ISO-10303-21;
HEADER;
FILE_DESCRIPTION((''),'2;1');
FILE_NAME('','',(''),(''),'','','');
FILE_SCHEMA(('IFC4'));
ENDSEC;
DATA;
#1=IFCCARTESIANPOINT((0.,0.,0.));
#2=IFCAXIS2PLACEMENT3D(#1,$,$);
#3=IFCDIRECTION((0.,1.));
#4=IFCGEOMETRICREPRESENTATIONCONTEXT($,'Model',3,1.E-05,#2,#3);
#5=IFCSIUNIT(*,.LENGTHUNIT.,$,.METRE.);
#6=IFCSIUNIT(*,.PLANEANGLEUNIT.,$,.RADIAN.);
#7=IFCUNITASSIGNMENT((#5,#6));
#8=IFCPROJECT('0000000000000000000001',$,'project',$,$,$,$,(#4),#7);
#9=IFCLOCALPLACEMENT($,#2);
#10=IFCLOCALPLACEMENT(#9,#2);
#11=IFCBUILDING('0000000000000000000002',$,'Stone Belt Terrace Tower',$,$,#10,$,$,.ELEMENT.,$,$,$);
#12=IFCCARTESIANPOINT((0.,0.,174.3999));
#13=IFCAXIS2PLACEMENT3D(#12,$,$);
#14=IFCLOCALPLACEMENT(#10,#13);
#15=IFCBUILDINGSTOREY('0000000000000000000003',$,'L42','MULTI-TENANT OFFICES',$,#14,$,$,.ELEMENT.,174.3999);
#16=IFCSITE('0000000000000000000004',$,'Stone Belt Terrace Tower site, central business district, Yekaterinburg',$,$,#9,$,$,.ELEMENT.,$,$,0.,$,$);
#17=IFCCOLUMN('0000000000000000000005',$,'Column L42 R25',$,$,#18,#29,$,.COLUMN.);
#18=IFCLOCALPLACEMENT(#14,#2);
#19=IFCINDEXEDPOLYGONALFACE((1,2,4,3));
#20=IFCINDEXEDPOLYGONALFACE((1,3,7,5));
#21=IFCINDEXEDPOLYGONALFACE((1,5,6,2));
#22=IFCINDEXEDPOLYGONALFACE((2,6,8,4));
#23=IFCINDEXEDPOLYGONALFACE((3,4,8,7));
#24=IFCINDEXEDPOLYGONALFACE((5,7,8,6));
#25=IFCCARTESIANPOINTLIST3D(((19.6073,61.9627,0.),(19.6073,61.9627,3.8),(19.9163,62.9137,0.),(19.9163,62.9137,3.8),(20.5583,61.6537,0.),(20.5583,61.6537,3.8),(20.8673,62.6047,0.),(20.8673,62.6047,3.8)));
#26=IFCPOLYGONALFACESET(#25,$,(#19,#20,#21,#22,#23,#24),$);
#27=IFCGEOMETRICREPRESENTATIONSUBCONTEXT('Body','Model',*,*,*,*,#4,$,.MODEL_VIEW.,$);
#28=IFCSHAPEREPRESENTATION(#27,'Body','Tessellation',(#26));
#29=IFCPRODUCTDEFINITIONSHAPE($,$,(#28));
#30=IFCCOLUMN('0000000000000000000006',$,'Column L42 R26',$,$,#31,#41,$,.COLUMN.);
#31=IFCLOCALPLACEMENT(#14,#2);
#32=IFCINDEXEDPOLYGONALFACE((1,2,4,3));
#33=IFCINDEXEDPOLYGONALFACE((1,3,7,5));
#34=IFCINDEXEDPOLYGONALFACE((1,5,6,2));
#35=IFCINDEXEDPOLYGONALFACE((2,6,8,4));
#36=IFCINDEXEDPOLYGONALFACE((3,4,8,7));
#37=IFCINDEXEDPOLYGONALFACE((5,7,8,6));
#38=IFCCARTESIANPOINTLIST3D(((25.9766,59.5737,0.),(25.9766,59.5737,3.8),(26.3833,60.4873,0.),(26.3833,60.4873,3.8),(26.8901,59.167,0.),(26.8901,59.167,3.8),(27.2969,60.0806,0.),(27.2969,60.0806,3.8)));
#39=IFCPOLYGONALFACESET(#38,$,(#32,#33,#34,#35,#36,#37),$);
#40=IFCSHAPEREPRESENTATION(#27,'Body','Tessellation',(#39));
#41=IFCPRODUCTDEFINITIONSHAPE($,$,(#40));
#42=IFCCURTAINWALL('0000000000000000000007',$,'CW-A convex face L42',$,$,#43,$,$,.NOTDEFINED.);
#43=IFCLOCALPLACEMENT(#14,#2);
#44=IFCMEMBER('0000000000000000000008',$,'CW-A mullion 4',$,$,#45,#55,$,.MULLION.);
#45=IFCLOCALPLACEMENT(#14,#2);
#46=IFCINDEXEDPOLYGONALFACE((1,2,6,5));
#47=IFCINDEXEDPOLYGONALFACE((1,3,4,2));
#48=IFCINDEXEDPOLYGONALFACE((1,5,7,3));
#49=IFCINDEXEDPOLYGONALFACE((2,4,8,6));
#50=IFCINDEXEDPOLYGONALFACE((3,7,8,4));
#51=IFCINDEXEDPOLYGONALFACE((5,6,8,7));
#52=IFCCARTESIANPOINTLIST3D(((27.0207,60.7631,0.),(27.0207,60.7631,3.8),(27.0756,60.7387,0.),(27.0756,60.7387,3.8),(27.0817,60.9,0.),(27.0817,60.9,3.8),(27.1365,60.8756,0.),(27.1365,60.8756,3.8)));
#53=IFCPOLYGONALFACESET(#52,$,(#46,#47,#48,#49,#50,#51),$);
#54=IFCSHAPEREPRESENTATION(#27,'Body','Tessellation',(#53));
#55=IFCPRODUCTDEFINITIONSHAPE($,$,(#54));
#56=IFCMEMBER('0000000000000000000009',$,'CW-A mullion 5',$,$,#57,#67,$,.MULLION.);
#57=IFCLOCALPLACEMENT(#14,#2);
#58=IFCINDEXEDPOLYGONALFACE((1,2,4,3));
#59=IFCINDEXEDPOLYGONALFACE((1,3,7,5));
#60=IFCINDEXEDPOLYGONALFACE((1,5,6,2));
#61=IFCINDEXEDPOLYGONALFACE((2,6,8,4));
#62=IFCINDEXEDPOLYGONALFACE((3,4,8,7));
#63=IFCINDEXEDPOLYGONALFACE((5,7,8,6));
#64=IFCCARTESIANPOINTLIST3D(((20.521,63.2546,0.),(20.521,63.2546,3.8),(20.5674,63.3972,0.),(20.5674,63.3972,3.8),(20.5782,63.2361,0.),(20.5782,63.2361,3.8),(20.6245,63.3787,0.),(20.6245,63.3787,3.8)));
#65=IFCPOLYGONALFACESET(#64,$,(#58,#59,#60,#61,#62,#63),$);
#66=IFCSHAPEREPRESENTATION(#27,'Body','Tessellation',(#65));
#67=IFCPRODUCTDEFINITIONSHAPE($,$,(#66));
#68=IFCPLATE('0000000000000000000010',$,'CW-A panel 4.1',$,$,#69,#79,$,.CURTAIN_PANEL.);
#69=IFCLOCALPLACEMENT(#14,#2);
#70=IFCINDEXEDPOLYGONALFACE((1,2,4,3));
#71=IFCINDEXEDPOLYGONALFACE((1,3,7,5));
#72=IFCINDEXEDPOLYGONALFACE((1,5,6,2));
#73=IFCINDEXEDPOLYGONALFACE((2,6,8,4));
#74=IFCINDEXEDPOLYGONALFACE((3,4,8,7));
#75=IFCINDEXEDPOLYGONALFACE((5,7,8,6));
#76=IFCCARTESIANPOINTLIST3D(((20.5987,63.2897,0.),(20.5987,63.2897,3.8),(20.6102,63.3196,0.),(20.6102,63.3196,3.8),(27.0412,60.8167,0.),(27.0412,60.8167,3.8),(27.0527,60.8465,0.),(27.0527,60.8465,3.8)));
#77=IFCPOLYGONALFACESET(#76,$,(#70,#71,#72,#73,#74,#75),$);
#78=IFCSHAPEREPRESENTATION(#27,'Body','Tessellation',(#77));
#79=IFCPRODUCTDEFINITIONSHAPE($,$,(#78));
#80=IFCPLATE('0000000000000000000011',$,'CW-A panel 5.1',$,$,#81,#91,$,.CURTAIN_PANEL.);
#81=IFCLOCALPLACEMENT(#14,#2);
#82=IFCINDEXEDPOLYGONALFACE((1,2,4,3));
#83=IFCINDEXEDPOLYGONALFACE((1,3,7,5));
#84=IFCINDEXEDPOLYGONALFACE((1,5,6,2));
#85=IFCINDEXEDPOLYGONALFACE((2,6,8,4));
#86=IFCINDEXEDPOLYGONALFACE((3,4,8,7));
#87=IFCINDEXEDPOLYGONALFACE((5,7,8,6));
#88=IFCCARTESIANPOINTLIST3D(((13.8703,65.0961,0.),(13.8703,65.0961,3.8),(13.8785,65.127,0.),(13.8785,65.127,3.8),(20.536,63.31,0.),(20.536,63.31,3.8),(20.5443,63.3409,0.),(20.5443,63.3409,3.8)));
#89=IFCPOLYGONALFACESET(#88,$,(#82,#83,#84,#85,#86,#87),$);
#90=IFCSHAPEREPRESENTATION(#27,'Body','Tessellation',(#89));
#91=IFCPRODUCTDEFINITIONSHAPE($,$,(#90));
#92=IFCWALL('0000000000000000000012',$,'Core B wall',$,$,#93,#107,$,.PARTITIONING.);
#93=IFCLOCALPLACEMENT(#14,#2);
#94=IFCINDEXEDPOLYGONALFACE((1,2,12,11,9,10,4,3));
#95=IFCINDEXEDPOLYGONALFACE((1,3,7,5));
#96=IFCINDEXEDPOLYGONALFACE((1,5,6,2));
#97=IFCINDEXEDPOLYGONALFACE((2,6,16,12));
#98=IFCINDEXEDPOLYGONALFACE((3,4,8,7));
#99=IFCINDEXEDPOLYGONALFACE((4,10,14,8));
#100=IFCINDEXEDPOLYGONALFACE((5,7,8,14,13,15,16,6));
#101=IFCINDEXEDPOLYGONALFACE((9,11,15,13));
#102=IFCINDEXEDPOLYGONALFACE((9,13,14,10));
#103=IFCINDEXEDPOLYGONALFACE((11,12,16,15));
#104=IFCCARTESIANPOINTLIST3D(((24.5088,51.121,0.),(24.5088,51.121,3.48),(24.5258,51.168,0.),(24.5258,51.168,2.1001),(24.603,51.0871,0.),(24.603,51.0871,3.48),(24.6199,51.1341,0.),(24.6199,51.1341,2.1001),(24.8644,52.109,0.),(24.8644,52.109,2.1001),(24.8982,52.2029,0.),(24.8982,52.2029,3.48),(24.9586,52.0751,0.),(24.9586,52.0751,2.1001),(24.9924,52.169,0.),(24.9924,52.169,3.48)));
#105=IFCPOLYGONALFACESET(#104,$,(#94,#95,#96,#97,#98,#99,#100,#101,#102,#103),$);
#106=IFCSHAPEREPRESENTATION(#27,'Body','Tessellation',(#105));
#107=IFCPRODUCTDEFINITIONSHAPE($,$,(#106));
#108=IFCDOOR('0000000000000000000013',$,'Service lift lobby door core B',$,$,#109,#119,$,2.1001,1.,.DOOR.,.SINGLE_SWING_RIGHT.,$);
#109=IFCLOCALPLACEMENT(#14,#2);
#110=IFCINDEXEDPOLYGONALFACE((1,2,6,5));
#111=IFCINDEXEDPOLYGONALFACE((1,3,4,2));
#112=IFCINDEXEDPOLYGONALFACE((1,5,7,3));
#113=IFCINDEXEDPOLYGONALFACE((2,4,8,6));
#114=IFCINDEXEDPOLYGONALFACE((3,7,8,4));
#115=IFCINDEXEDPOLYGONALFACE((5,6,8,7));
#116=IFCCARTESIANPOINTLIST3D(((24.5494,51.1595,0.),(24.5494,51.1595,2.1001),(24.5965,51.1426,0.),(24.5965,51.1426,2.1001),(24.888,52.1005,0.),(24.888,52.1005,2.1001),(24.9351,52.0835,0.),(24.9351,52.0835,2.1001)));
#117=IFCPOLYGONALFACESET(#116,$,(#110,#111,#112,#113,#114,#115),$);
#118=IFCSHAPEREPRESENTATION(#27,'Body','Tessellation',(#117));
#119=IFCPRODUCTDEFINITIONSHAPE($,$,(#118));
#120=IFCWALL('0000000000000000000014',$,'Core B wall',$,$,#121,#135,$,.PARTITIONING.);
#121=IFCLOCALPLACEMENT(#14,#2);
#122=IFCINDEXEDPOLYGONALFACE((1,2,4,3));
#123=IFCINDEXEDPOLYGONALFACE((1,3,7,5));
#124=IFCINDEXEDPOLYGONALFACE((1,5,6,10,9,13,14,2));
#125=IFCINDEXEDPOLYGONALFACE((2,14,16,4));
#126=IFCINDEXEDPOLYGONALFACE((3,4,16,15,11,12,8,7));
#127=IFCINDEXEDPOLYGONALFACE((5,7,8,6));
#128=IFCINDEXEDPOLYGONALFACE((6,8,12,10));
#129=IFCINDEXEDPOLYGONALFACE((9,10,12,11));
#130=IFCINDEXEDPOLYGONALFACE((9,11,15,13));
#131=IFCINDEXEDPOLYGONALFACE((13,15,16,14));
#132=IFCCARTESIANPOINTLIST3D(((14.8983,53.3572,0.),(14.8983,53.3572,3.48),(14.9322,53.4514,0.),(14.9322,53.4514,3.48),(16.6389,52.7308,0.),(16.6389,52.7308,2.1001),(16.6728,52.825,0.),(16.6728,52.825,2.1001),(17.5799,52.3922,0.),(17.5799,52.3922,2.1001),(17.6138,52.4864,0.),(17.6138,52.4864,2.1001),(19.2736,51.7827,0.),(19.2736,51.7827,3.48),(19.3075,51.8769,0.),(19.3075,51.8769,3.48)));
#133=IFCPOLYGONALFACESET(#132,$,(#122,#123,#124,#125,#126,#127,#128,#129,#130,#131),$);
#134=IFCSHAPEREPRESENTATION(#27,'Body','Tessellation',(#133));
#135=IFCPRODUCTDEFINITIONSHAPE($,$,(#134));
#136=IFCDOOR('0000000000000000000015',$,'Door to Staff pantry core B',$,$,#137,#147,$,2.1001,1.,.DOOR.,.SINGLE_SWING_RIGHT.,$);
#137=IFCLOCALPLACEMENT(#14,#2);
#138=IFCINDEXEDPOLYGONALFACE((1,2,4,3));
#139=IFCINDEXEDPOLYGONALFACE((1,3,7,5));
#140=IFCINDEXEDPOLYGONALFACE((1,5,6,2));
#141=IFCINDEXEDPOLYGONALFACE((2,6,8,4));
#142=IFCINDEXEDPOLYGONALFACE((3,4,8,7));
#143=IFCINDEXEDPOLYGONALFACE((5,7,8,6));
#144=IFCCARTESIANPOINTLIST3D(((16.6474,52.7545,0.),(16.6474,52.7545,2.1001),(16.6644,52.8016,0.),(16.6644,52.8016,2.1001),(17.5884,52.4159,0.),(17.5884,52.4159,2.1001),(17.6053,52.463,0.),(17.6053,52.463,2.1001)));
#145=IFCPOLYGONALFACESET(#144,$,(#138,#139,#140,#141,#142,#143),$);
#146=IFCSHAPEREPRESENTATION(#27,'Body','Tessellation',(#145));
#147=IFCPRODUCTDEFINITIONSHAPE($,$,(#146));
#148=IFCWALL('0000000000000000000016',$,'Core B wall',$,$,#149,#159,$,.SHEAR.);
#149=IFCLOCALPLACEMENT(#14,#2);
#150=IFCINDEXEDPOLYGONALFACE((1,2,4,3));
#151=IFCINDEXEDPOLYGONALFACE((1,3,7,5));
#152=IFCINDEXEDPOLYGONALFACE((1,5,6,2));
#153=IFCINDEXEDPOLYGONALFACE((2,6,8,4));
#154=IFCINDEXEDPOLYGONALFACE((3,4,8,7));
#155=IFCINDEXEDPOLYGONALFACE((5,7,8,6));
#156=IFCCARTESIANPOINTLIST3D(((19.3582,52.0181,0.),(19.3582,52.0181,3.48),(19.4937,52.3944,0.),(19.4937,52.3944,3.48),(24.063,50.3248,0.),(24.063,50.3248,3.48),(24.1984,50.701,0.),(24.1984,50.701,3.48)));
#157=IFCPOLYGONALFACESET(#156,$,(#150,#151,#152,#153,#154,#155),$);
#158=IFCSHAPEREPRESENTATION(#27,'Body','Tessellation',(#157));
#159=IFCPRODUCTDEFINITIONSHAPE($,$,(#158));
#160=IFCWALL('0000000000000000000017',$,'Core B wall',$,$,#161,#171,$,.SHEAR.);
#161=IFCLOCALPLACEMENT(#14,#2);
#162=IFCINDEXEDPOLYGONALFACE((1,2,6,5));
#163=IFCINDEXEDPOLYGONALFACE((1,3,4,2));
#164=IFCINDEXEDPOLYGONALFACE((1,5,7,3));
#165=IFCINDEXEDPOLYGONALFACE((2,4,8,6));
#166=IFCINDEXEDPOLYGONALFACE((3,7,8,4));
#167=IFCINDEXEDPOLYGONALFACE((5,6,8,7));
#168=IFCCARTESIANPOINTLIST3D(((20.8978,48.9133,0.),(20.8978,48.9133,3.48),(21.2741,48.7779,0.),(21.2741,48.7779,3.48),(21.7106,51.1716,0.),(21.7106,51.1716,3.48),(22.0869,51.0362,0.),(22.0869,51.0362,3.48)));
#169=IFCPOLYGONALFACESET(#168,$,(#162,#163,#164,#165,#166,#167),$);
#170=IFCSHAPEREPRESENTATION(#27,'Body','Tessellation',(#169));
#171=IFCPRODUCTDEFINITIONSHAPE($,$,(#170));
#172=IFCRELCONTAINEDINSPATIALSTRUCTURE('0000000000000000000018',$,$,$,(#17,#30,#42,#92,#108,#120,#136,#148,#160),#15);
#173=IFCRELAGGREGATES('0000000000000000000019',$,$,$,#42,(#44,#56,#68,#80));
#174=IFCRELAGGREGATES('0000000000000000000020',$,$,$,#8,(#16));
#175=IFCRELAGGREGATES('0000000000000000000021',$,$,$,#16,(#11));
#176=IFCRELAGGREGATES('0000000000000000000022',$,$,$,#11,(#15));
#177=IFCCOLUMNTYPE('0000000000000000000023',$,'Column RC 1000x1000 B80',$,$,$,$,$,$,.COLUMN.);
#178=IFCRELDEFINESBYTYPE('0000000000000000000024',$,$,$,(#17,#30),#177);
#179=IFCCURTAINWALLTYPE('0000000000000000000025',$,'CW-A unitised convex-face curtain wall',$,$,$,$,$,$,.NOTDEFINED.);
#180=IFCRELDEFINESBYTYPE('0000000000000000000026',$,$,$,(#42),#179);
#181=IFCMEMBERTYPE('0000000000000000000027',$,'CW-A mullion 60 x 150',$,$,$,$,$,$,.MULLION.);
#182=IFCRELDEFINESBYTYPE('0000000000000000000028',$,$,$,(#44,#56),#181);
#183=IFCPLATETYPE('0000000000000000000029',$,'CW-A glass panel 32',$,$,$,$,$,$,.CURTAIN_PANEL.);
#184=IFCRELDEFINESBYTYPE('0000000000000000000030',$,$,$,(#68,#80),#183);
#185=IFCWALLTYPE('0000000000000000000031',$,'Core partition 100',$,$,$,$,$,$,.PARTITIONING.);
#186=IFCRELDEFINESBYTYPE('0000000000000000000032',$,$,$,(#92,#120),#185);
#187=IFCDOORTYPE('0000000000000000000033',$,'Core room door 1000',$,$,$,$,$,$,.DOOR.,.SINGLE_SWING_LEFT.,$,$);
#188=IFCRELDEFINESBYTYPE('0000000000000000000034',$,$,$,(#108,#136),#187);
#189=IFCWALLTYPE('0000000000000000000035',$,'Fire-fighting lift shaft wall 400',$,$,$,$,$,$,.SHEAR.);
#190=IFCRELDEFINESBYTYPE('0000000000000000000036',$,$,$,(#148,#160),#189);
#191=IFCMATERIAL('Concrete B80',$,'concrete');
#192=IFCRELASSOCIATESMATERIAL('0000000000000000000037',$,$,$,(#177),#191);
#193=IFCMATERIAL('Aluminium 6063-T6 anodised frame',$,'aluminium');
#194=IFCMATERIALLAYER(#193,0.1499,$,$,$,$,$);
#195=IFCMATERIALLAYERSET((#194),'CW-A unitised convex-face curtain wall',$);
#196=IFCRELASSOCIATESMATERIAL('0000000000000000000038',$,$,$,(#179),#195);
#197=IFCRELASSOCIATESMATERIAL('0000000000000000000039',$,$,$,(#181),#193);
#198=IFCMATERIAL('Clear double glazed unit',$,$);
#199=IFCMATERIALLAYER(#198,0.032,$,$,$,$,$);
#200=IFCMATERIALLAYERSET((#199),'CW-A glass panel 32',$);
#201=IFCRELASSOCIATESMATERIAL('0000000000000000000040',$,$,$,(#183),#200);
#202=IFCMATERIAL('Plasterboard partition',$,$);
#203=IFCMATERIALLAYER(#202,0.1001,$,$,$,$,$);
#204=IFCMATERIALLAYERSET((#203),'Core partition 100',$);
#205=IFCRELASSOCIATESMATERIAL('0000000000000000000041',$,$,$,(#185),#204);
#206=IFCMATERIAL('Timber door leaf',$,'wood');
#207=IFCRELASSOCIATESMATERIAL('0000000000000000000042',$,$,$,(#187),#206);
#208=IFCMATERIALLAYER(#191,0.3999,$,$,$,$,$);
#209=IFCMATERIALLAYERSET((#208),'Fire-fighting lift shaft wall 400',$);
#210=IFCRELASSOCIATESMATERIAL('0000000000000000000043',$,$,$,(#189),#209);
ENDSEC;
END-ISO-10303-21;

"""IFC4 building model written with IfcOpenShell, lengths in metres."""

from ifc_helpers import new_model, si_unit, direction, frame, frame_2d, origin, origin_2d, place, context, subcontext, project, spatial, rectangle, extrude, material, layer, layer_set, material_profile, profile_set, type_object, element, fill, aggregate, save


model = new_model("IFC4")

# Units and contexts
model_context = context("Model", 3, precision=1e-05, world=origin(), true_north=direction((0.0, 1.0)))
body_context = subcontext(model_context, "Body", "Model", "MODEL_VIEW")
ifc_project = project(units=[si_unit("LENGTHUNIT", "METRE"), si_unit("PLANEANGLEUNIT", "RADIAN")], contexts=[model_context])

# Site, building, storey
site_placement = place(None, origin())
site = spatial("IfcSite", under=ifc_project, at=site_placement, Name="Stone Belt Terrace Tower site, central business district, Yekaterinburg", CompositionType="ELEMENT", RefElevation=0.0)
building_placement = place(site_placement, origin())
building = spatial("IfcBuilding", under=site, at=building_placement, Name="Stone Belt Terrace Tower", CompositionType="ELEMENT")
storey_placement = place(building_placement, frame((0.0, 0.0, 174.3999)))
storey = spatial("IfcBuildingStorey", under=building, at=storey_placement, Name="L42", Description="MULTI-TENANT OFFICES", CompositionType="ELEMENT", Elevation=174.3999)

# Columns
ifc_material_1 = material(Name="Concrete B80", Category="concrete")
ifc_material_profile_1 = material_profile(ifc_material_1, rectangle(XDim=1.0, YDim=1.0, at=origin_2d()), Name="RC 1000x1000")
ifc_profile_set_1 = profile_set([ifc_material_profile_1], Name="Concrete B80")
column_type = type_object("IfcColumnType", Name="Column RC 1000x1000 B80", PredefinedType="COLUMN", material=ifc_profile_set_1)
for number, where, z_axis, x_axis, name in (
    (1, (20.2373, 62.2837, 0.0), (0.0, 0.0, 1.0), (0.951057, -0.309017, 0.0), "Column L42 R25"),
    (2, (26.6367, 59.8271, 0.0), (0.0, 0.0, 1.0), (0.913545, -0.406737, 0.0), "Column L42 R26"),
):
    element("IfcColumn", number, at=place(storey_placement, frame(where, z_axis=z_axis, x_axis=x_axis)), inside=storey, type_object=column_type, Name=name, PredefinedType="COLUMN", context=body_context, shape_type="SweptSolid", body=[
        extrude(rectangle(XDim=1.0, YDim=1.0, at=origin_2d()), origin(), (0.0, 0.0, 1.0), 3.8),
    ])

# Curtain wall, members, plates
ifc_material_2 = material(Name="Aluminium 6063-T6 anodised frame", Category="aluminium")
ifc_layer_1 = layer(ifc_material_2, 0.1499)
ifc_layer_set_1 = layer_set([ifc_layer_1], Name="CW-A unitised convex-face curtain wall")
curtain_wall_type = type_object("IfcCurtainWallType", Name="CW-A unitised convex-face curtain wall", PredefinedType="NOTDEFINED", material=ifc_layer_set_1)
curtain_wall_placement = place(storey_placement, origin())
curtain_wall = element("IfcCurtainWall", 3, at=curtain_wall_placement, inside=storey, type_object=curtain_wall_type, Name="CW-A convex face L42", PredefinedType="NOTDEFINED")
ifc_material_profile_2 = material_profile(ifc_material_2, rectangle(XDim=0.1499, YDim=0.0601, at=origin_2d()), Name="Aluminium 6063-T6 60x150")
ifc_profile_set_2 = profile_set([ifc_material_profile_2], Name="Aluminium 6063-T6 anodised frame")
member_type = type_object("IfcMemberType", Name="CW-A mullion 60 x 150", PredefinedType="MULLION", material=ifc_profile_set_2)
member_1_placement = place(storey_placement, frame((27.0786, 60.8193, 0.0), z_axis=(0.0, 0.0, 1.0), x_axis=(-0.406737, -0.913545, 0.0)))
member_1 = element("IfcMember", 4, at=member_1_placement, type_object=member_type, Name="CW-A mullion 4", PredefinedType="MULLION", context=body_context, shape_type="SweptSolid", body=[
    extrude(rectangle(XDim=0.1499, YDim=0.0601, at=origin_2d()), origin(), (0.0, 0.0, 1.0), 3.8),
])
member_2_placement = place(storey_placement, frame((20.5728, 63.3167, 0.0), z_axis=(0.0, 0.0, 1.0), x_axis=(-0.309017, -0.951057, 0.0)))
member_2 = element("IfcMember", 5, at=member_2_placement, type_object=member_type, Name="CW-A mullion 5", PredefinedType="MULLION", context=body_context, shape_type="SweptSolid", body=[
    extrude(rectangle(XDim=0.1499, YDim=0.0601, at=origin_2d()), origin(), (0.0, 0.0, 1.0), 3.8),
])
ifc_material_3 = material(Name="Clear double glazed unit")
ifc_layer_2 = layer(ifc_material_3, 0.032)
ifc_layer_set_2 = layer_set([ifc_layer_2], Name="CW-A glass panel 32")
plate_type = type_object("IfcPlateType", Name="CW-A glass panel 32", PredefinedType="CURTAIN_PANEL", material=ifc_layer_set_2)
plate_1_placement = place(storey_placement, frame((23.8257, 62.0681, 0.0), z_axis=(0.0, 0.0, 1.0), x_axis=(-0.93358, 0.358368, 0.0)))
plate_1 = element("IfcPlate", 6, at=plate_1_placement, type_object=plate_type, Name="CW-A panel 4.1", PredefinedType="CURTAIN_PANEL", context=body_context, shape_type="SweptSolid", body=[
    extrude(rectangle(XDim=6.9009, YDim=0.032, at=origin_2d()), origin(), (0.0, 0.0, 1.0), 3.8),
])
plate_2_placement = place(storey_placement, frame((17.2073, 64.2185, 0.0), z_axis=(0.0, 0.0, 1.0), x_axis=(-0.965926, 0.258819, 0.0)))
plate_2 = element("IfcPlate", 7, at=plate_2_placement, type_object=plate_type, Name="CW-A panel 5.1", PredefinedType="CURTAIN_PANEL", context=body_context, shape_type="SweptSolid", body=[
    extrude(rectangle(XDim=6.9009, YDim=0.032, at=origin_2d()), origin(), (0.0, 0.0, 1.0), 3.8),
])
aggregate(curtain_wall, [member_1, member_2, plate_1, plate_2])

# Walls, openings, doors
ifc_material_4 = material(Name="Plasterboard partition")
ifc_layer_3 = layer(ifc_material_4, 0.1001)
ifc_layer_set_3 = layer_set([ifc_layer_3], Name="Core partition 100")
wall_type_1 = type_object("IfcWallType", Name="Core partition 100", PredefinedType="PARTITIONING", material=ifc_layer_set_3)
wall_1_placement = place(storey_placement, frame((24.5559, 51.104, 0.0), z_axis=(0.0, 0.0, 1.0), x_axis=(0.338622, 0.940923, 0.0)))
wall_1 = element("IfcWall", 8, at=wall_1_placement, inside=storey, type_object=wall_type_1, Name="Core B wall", PredefinedType="PARTITIONING", context=body_context, shape_type="SweptSolid", body=[
    extrude(rectangle(XDim=1.1499, YDim=0.1001, at=frame_2d((0.575, 0.0))), origin(), (0.0, 0.0, 1.0), 3.48),
])
opening_1_placement = place(wall_1_placement, frame((0.05, 0.0, 0.0)))
opening_1 = element("IfcOpeningElement", 9, at=opening_1_placement, cuts=wall_1, PredefinedType="OPENING", context=body_context, shape_type="SweptSolid", body=[
    extrude(rectangle(XDim=1.0, YDim=2.1001, at=frame_2d((0.5, 1.05))), frame((0.0, 0.0601, 0.0), z_axis=(0.0, -1.0, 0.0), x_axis=(1.0, 0.0, 0.0)), (0.0, 0.0, 1.0), 0.1201),
])
ifc_material_5 = material(Name="Timber door leaf", Category="wood")
door_type_1 = type_object("IfcDoorType", Name="Core room door 1000", OperationType="SINGLE_SWING_LEFT", PredefinedType="DOOR", material=ifc_material_5)
door_1_placement = place(opening_1_placement, origin())
door_1 = element("IfcDoor", 10, at=door_1_placement, inside=storey, type_object=door_type_1, Name="Service lift lobby door core B", OperationType="SINGLE_SWING_RIGHT", OverallHeight=2.1001, OverallWidth=1.0, PredefinedType="DOOR", context=body_context, shape_type="SweptSolid", body=[
    extrude(rectangle(XDim=1.0, YDim=2.1001, at=frame_2d((0.5, 1.05))), frame((0.0, 0.0249, 0.0), z_axis=(0.0, -1.0, 0.0), x_axis=(1.0, 0.0, 0.0)), (0.0, 0.0, 1.0), 0.05),
])
fill(opening_1, door_1)
wall_2_placement = place(storey_placement, frame((19.2905, 51.8298, 0.0), z_axis=(0.0, 0.0, 1.0), x_axis=(-0.94093, 0.3386, 0.0)))
wall_2 = element("IfcWall", 11, at=wall_2_placement, inside=storey, type_object=wall_type_1, Name="Core B wall", PredefinedType="PARTITIONING", context=body_context, shape_type="SweptSolid", body=[
    extrude(rectangle(XDim=4.6499, YDim=0.1001, at=frame_2d((2.325, 0.0))), origin(), (0.0, 0.0, 1.0), 3.48),
])
opening_2_placement = place(wall_2_placement, frame((1.8, 0.0, 0.0)))
opening_2 = element("IfcOpeningElement", 12, at=opening_2_placement, cuts=wall_2, PredefinedType="OPENING", context=body_context, shape_type="SweptSolid", body=[
    extrude(rectangle(XDim=1.0, YDim=2.1001, at=frame_2d((0.5, 1.05))), frame((0.0, 0.0601, 0.0), z_axis=(0.0, -1.0, 0.0), x_axis=(1.0, 0.0, 0.0)), (0.0, 0.0, 1.0), 0.1201),
])
door_2_placement = place(opening_2_placement, origin())
door_2 = element("IfcDoor", 13, at=door_2_placement, inside=storey, type_object=door_type_1, Name="Door to Staff pantry core B", OperationType="SINGLE_SWING_RIGHT", OverallHeight=2.1001, OverallWidth=1.0, PredefinedType="DOOR", context=body_context, shape_type="SweptSolid", body=[
    extrude(rectangle(XDim=1.0, YDim=2.1001, at=frame_2d((0.5, 1.05))), frame((0.0, 0.0249, 0.0), z_axis=(0.0, -1.0, 0.0), x_axis=(1.0, 0.0, 0.0)), (0.0, 0.0, 1.0), 0.05),
])
fill(opening_2, door_2)

# Walls
ifc_layer_4 = layer(ifc_material_1, 0.3999)
ifc_layer_set_4 = layer_set([ifc_layer_4], Name="Fire-fighting lift shaft wall 400")
wall_type_2 = type_object("IfcWallType", Name="Fire-fighting lift shaft wall 400", PredefinedType="SHEAR", material=ifc_layer_set_4)
wall_3_placement = place(storey_placement, frame((24.1306, 50.5129, 0.0), z_axis=(0.0, 0.0, 1.0), x_axis=(-0.940912, 0.338652, 0.0)))
element("IfcWall", 14, at=wall_3_placement, inside=storey, type_object=wall_type_2, Name="Core B wall", PredefinedType="SHEAR", context=body_context, shape_type="SweptSolid", body=[
    extrude(rectangle(XDim=5.0002, YDim=0.3999, at=frame_2d((2.5, 0.0))), origin(), (0.0, 0.0, 1.0), 3.48),
])
wall_4_placement = place(storey_placement, frame((21.0859, 48.8455, 0.0), z_axis=(0.0, 0.0, 1.0), x_axis=(0.338629, 0.94092, 0.0)))
element("IfcWall", 15, at=wall_4_placement, inside=storey, type_object=wall_type_2, Name="Core B wall", PredefinedType="SHEAR", context=body_context, shape_type="SweptSolid", body=[
    extrude(rectangle(XDim=2.4001, YDim=0.3999, at=frame_2d((1.2002, 0.0))), origin(), (0.0, 0.0, 1.0), 3.48),
])

save(model, "model.ifc")
